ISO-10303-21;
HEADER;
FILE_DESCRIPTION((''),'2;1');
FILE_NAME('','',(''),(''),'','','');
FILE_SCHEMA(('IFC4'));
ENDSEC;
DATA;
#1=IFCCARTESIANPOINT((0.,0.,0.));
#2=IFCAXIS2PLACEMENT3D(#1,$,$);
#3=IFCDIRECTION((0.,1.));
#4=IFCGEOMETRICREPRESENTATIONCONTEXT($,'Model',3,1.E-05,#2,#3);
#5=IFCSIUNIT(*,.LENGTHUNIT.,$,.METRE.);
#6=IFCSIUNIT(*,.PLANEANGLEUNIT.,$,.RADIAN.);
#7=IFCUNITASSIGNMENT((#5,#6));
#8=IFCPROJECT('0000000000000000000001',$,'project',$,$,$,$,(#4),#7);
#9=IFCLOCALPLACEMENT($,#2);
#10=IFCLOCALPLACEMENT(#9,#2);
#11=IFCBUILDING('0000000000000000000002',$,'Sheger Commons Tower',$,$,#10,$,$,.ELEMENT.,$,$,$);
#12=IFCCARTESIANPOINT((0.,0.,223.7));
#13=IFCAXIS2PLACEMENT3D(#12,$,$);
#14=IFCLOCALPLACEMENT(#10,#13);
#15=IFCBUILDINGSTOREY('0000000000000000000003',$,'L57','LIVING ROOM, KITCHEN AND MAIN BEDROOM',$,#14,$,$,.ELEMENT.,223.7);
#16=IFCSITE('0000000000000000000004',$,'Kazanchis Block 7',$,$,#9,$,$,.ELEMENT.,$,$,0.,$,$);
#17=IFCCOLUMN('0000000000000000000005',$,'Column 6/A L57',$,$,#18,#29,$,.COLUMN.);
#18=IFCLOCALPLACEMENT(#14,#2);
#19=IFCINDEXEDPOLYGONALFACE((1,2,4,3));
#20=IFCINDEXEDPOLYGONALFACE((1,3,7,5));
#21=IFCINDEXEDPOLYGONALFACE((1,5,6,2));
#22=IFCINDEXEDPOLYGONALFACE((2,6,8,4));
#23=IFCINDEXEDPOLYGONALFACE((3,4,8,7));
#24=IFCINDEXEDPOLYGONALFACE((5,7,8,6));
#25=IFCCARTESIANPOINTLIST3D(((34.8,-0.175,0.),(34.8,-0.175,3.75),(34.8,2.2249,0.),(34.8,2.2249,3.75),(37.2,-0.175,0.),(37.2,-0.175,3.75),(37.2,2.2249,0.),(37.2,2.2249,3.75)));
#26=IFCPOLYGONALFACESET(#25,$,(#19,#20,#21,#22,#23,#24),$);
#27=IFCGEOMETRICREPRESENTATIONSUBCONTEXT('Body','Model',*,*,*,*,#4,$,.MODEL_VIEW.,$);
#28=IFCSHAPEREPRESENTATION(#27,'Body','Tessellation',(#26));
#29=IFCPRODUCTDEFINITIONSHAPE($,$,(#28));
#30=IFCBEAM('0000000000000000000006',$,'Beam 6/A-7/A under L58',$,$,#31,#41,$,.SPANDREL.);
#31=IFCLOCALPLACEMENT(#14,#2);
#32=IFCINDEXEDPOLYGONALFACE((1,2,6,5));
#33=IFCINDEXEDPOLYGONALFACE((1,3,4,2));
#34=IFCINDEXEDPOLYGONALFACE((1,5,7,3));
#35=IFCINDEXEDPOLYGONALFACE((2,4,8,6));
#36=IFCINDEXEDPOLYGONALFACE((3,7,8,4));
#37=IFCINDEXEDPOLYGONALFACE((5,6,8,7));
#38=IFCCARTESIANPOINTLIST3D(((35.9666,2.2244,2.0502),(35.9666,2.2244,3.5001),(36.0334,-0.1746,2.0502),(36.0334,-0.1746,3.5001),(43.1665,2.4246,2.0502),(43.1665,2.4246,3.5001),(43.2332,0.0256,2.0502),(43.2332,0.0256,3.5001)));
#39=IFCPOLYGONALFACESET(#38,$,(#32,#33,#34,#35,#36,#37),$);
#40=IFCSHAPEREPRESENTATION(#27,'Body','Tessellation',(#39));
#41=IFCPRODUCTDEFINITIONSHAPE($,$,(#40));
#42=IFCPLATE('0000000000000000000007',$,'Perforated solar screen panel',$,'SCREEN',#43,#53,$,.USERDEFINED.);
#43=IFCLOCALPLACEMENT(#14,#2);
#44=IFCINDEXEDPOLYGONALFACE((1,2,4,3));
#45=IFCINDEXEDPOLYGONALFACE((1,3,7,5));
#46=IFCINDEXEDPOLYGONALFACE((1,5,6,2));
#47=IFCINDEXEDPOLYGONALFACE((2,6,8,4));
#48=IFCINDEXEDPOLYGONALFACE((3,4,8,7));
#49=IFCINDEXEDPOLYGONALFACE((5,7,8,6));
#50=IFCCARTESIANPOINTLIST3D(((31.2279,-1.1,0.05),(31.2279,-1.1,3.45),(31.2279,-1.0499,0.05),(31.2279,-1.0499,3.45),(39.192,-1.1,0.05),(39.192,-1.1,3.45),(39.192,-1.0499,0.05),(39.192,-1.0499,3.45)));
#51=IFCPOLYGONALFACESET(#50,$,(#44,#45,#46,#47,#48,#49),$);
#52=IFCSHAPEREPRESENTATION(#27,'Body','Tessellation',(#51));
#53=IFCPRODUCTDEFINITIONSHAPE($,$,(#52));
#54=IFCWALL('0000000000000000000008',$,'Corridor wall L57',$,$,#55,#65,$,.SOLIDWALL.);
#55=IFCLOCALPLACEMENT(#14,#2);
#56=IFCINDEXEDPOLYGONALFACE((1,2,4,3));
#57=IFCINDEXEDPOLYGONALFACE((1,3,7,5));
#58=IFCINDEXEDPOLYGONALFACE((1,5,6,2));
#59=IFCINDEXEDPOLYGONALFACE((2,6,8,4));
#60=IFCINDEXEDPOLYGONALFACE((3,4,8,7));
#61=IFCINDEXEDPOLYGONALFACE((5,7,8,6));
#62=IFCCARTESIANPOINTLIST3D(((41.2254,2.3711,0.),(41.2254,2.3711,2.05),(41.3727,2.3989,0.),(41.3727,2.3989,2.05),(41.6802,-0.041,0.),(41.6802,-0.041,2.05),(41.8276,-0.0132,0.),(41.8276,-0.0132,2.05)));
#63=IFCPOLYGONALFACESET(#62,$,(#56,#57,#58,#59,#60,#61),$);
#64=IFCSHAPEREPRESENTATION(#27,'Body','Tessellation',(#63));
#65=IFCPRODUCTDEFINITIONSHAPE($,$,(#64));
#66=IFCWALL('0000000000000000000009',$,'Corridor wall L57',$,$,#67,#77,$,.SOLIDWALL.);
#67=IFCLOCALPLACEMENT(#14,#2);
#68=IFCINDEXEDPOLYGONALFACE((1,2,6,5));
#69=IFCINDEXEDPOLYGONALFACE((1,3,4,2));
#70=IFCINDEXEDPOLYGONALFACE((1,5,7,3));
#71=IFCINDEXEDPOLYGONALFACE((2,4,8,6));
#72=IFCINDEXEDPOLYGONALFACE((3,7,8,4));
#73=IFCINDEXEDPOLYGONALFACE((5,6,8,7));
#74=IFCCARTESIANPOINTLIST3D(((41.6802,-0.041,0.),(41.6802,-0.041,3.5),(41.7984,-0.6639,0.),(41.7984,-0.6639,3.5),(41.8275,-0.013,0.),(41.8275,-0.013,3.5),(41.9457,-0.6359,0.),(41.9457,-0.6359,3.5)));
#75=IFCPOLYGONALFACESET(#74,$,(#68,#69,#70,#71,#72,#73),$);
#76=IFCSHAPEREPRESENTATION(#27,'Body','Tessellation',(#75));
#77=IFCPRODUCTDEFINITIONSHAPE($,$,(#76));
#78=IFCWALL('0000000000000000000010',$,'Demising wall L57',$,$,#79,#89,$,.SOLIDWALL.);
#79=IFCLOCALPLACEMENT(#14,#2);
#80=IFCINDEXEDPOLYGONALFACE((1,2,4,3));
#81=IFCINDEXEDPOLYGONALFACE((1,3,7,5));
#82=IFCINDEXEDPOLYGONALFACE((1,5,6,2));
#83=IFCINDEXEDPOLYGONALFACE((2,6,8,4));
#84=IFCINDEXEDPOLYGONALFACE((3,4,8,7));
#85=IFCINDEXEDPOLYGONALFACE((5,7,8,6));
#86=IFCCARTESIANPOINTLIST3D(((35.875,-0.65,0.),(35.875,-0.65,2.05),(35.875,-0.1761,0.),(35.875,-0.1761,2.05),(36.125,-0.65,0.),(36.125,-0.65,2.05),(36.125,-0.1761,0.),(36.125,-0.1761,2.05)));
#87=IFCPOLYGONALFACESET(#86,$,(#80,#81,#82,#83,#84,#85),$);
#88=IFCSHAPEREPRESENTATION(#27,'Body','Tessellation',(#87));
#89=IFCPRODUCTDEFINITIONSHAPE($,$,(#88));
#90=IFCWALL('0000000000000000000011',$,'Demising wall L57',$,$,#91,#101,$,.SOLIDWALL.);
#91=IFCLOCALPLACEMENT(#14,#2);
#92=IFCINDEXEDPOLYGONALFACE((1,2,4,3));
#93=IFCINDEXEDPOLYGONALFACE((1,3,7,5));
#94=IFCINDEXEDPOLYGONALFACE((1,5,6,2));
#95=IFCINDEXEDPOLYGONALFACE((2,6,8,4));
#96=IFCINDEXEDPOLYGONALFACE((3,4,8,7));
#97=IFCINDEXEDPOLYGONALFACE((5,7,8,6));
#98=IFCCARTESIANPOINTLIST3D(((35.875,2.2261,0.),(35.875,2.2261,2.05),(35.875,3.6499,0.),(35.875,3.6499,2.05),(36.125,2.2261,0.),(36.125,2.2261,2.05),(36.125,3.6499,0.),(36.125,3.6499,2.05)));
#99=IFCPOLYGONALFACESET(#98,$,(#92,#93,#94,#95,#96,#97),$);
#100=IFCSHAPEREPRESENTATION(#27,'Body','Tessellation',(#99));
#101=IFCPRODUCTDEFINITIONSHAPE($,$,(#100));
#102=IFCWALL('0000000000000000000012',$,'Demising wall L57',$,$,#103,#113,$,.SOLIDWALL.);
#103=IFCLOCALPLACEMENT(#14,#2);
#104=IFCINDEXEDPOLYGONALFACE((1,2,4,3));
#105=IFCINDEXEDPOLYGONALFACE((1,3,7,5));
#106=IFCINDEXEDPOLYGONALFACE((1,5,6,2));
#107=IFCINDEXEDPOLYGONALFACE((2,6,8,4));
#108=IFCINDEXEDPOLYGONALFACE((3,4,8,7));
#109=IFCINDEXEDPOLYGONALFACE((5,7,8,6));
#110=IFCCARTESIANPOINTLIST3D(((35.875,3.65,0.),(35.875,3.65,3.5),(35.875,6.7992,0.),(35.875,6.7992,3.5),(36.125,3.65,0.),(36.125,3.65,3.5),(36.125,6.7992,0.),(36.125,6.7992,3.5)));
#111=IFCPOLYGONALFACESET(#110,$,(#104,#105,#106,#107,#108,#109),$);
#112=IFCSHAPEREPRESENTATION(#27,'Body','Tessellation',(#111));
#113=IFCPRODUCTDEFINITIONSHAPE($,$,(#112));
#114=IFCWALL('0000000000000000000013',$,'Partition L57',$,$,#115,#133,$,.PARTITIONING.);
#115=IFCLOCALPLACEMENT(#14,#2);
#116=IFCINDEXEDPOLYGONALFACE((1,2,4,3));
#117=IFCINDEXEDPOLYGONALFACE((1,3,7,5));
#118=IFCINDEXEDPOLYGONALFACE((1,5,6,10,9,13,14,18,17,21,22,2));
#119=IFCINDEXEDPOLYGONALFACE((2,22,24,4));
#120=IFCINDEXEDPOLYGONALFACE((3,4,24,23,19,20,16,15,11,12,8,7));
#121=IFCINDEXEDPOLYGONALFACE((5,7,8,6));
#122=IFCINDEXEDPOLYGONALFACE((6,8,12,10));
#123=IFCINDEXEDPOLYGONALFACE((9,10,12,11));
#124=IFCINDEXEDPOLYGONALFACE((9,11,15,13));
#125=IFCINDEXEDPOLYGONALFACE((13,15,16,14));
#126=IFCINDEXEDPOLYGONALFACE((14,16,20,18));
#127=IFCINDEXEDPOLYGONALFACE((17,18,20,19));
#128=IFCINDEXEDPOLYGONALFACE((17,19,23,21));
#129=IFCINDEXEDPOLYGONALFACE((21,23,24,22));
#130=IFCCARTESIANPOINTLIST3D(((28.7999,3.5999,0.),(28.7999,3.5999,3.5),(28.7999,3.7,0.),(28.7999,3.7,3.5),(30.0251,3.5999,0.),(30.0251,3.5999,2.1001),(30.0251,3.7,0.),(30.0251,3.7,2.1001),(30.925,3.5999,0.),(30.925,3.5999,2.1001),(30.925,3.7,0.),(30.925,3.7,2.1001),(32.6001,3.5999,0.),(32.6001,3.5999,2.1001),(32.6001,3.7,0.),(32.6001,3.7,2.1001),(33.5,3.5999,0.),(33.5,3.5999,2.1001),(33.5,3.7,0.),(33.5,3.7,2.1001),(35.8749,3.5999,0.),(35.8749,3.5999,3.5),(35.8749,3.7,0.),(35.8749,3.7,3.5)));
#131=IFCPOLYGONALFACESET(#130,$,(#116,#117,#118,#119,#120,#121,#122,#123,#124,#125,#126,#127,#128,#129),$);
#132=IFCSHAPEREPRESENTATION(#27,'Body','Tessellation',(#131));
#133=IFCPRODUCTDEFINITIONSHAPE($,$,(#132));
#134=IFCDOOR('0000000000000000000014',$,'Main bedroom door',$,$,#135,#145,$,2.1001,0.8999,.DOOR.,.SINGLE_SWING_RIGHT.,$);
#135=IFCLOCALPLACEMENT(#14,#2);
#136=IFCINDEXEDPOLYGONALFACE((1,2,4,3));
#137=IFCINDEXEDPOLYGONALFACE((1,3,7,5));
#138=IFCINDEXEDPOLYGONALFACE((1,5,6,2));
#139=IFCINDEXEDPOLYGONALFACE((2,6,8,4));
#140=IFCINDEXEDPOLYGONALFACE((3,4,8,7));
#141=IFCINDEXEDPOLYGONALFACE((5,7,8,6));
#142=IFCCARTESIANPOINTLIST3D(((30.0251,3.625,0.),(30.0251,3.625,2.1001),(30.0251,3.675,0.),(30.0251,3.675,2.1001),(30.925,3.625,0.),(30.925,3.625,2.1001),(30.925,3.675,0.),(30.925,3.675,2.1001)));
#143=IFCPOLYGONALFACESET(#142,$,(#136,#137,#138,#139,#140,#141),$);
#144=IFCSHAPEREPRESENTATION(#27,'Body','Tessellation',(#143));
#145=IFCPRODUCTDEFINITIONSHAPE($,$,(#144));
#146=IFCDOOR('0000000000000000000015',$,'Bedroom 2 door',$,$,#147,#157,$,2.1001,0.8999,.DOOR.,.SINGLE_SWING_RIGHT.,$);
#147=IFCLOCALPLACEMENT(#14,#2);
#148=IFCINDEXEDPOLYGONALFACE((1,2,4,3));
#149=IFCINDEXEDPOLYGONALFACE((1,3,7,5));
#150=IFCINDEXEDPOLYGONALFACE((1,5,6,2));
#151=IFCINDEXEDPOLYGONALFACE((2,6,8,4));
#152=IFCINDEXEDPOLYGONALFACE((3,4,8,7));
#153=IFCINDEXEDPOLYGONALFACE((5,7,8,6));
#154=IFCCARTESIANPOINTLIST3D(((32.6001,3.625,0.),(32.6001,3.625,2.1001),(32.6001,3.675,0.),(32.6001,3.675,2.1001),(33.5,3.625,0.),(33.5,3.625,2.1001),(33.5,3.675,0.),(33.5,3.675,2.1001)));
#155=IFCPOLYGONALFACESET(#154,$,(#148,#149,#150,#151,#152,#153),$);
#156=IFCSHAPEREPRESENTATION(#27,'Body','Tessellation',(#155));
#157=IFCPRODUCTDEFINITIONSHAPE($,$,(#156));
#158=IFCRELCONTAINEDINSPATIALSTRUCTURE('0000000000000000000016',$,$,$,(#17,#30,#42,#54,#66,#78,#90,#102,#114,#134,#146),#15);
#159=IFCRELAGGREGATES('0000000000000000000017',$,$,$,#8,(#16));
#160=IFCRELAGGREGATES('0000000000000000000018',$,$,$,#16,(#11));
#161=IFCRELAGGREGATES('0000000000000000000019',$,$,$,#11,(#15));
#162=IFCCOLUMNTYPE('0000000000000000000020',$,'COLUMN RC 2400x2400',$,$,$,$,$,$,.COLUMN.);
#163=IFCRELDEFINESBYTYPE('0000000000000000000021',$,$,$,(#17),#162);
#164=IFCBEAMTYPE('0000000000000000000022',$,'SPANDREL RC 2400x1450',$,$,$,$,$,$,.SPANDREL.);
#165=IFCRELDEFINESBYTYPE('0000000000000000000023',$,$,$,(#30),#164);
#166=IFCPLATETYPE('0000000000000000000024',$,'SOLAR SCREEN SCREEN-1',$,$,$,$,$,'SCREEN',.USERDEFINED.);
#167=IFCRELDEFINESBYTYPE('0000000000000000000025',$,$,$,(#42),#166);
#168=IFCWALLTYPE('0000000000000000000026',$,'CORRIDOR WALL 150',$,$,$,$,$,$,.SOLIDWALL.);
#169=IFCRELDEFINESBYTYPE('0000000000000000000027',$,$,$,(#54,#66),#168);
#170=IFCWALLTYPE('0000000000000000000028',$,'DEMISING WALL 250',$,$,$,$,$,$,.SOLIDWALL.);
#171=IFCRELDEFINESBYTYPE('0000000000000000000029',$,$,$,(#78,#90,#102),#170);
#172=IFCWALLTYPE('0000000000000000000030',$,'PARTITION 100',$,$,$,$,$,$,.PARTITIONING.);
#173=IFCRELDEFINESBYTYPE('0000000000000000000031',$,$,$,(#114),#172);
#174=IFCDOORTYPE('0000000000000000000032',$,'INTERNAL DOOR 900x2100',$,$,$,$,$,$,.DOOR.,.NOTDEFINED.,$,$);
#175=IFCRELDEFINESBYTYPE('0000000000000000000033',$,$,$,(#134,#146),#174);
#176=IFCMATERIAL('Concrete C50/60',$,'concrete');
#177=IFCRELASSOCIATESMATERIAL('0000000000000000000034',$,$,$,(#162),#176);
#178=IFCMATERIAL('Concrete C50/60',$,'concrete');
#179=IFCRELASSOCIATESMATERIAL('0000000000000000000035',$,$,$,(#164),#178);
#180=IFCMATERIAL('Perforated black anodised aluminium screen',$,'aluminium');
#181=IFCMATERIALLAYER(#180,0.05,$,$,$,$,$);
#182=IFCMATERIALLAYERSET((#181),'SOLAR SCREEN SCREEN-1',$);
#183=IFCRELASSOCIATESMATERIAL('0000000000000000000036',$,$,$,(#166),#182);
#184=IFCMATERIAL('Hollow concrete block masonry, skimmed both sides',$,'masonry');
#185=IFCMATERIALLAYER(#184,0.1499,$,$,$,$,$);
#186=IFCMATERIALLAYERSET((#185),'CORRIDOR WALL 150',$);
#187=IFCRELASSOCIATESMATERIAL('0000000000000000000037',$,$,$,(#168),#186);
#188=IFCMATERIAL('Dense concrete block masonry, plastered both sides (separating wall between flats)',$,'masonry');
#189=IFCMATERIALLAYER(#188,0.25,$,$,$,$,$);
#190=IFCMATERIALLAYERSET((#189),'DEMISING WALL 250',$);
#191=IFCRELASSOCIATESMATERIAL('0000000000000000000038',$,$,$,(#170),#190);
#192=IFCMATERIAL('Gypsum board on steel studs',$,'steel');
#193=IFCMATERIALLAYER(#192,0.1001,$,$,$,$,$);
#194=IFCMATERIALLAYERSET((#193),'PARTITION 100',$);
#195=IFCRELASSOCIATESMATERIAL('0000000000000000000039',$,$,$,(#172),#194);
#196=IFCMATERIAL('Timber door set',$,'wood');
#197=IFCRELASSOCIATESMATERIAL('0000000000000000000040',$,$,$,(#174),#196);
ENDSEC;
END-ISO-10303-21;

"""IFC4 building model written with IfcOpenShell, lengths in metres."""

from ifc_helpers import new_model, si_unit, direction, frame, frame_2d, origin, origin_2d, place, context, subcontext, project, spatial, rectangle, extrude, material, layer, layer_set, material_profile, profile_set, type_object, element, fill, save


model = new_model("IFC4")

# Units and contexts
model_context = context("Model", 3, precision=1e-05, world=origin(), true_north=direction((0.0, 1.0)))
body_context = subcontext(model_context, "Body", "Model", "MODEL_VIEW")
ifc_project = project(units=[si_unit("LENGTHUNIT", "METRE"), si_unit("PLANEANGLEUNIT", "RADIAN")], contexts=[model_context])

# Site, building, storey
site_placement = place(None, origin())
site = spatial("IfcSite", under=ifc_project, at=site_placement, Name="Kazanchis Block 7", CompositionType="ELEMENT", RefElevation=0.0)
building_placement = place(site_placement, origin())
building = spatial("IfcBuilding", under=site, at=building_placement, Name="Sheger Commons Tower", CompositionType="ELEMENT")
storey_placement = place(building_placement, frame((0.0, 0.0, 223.7)))
storey = spatial("IfcBuildingStorey", under=building, at=storey_placement, Name="L57", Description="LIVING ROOM, KITCHEN AND MAIN BEDROOM", CompositionType="ELEMENT", Elevation=223.7)

# Column
ifc_material_1 = material(Name="Concrete C50/60", Category="concrete")
ifc_material_profile_1 = material_profile(ifc_material_1, rectangle(XDim=2.3999, YDim=2.3999, at=origin_2d()), Name="RC 2400x2400")
ifc_profile_set_1 = profile_set([ifc_material_profile_1], Name="Concrete C50/60")
column_type = type_object("IfcColumnType", Name="COLUMN RC 2400x2400", PredefinedType="COLUMN", material=ifc_profile_set_1)
column_placement = place(storey_placement, frame((36.0, 1.0249, 0.0), z_axis=(0.0, 0.0, 1.0), x_axis=(1.0, 0.0, 0.0)))
element("IfcColumn", 1, at=column_placement, inside=storey, type_object=column_type, Name="Column 6/A L57", PredefinedType="COLUMN", context=body_context, shape_type="SweptSolid", body=[
    extrude(rectangle(XDim=2.3999, YDim=2.3999, at=origin_2d()), origin(), (0.0, 0.0, 1.0), 3.75),
])

# Beam
ifc_material_2 = material(Name="Concrete C50/60", Category="concrete")
ifc_material_profile_2 = material_profile(ifc_material_2, rectangle(XDim=2.3999, YDim=1.45, at=origin_2d()), Name="RC 2400x1450")
ifc_profile_set_2 = profile_set([ifc_material_profile_2], Name="Concrete C50/60")
beam_type = type_object("IfcBeamType", Name="SPANDREL RC 2400x1450", PredefinedType="SPANDREL", material=ifc_profile_set_2)
beam_placement = place(storey_placement, frame((36.0, 1.0249, 2.7751), z_axis=(0.999614, 0.027794, 0.0), x_axis=(-0.027794, 0.999614, 0.0)))
element("IfcBeam", 2, at=beam_placement, inside=storey, type_object=beam_type, Name="Beam 6/A-7/A under L58", PredefinedType="SPANDREL", context=body_context, shape_type="SweptSolid", body=[
    extrude(rectangle(XDim=2.3999, YDim=1.45, at=origin_2d()), origin(), (0.0, 0.0, 1.0), 7.2026),
])

# Plate
ifc_material_3 = material(Name="Perforated black anodised aluminium screen", Category="aluminium")
ifc_layer_1 = layer(ifc_material_3, 0.05)
ifc_layer_set_1 = layer_set([ifc_layer_1], Name="SOLAR SCREEN SCREEN-1")
plate_type = type_object("IfcPlateType", Name="SOLAR SCREEN SCREEN-1", ElementType="SCREEN", PredefinedType="USERDEFINED", material=ifc_layer_set_1)
plate_placement = place(storey_placement, frame((35.21, -1.075, 0.05), z_axis=(0.0, 0.0, 1.0), x_axis=(1.0, 0.0, 0.0)))
element("IfcPlate", 3, at=plate_placement, inside=storey, type_object=plate_type, Name="Perforated solar screen panel", ObjectType="SCREEN", PredefinedType="USERDEFINED", context=body_context, shape_type="SweptSolid", body=[
    extrude(rectangle(XDim=7.9641, YDim=0.05, at=origin_2d()), origin(), (0.0, 0.0, 1.0), 3.3999),
])

# Walls
ifc_material_4 = material(Name="Hollow concrete block masonry, skimmed both sides", Category="masonry")
ifc_layer_2 = layer(ifc_material_4, 0.1499)
ifc_layer_set_2 = layer_set([ifc_layer_2], Name="CORRIDOR WALL 150")
wall_type_1 = type_object("IfcWallType", Name="CORRIDOR WALL 150", PredefinedType="SOLIDWALL", material=ifc_layer_set_2)
wall_1_placement = place(storey_placement, frame((41.2991, 2.385, 0.0), z_axis=(0.0, 0.0, 1.0), x_axis=(0.185297, -0.982683, 0.0)))
element("IfcWall", 4, at=wall_1_placement, inside=storey, type_object=wall_type_1, Name="Corridor wall L57", PredefinedType="SOLIDWALL", context=body_context, shape_type="SweptSolid", body=[
    extrude(rectangle(XDim=2.4546, YDim=0.1499, at=frame_2d((1.2273, 0.0))), origin(), (0.0, 0.0, 1.0), 2.05),
])
wall_2_placement = place(storey_placement, frame((41.7539, -0.0271, 0.0), z_axis=(0.0, 0.0, 1.0), x_axis=(0.186404, -0.982473, 0.0)))
element("IfcWall", 5, at=wall_2_placement, inside=storey, type_object=wall_type_1, Name="Corridor wall L57", PredefinedType="SOLIDWALL", context=body_context, shape_type="SweptSolid", body=[
    extrude(rectangle(XDim=0.634, YDim=0.1499, at=frame_2d((0.3169, 0.0))), origin(), (0.0, 0.0, 1.0), 3.5),
])
ifc_material_5 = material(Name="Dense concrete block masonry, plastered both sides (separating wall between flats)", Category="masonry")
ifc_layer_3 = layer(ifc_material_5, 0.25)
ifc_layer_set_3 = layer_set([ifc_layer_3], Name="DEMISING WALL 250")
wall_type_2 = type_object("IfcWallType", Name="DEMISING WALL 250", PredefinedType="SOLIDWALL", material=ifc_layer_set_3)
wall_3_placement = place(storey_placement, frame((36.0, -0.6499, 0.0), z_axis=(0.0, 0.0, 1.0), x_axis=(0.0, 1.0, 0.0)))
element("IfcWall", 6, at=wall_3_placement, inside=storey, type_object=wall_type_2, Name="Demising wall L57", PredefinedType="SOLIDWALL", context=body_context, shape_type="SweptSolid", body=[
    extrude(rectangle(XDim=0.4739, YDim=0.25, at=frame_2d((0.2368, 0.0))), origin(), (0.0, 0.0, 1.0), 2.05),
])
wall_4_placement = place(storey_placement, frame((36.0, 2.2261, 0.0), z_axis=(0.0, 0.0, 1.0), x_axis=(0.0, 1.0, 0.0)))
element("IfcWall", 7, at=wall_4_placement, inside=storey, type_object=wall_type_2, Name="Demising wall L57", PredefinedType="SOLIDWALL", context=body_context, shape_type="SweptSolid", body=[
    extrude(rectangle(XDim=1.4238, YDim=0.25, at=frame_2d((0.7119, 0.0))), origin(), (0.0, 0.0, 1.0), 2.05),
])
wall_5_placement = place(storey_placement, frame((36.0, 3.6499, 0.0), z_axis=(0.0, 0.0, 1.0), x_axis=(0.0, 1.0, 0.0)))
element("IfcWall", 8, at=wall_5_placement, inside=storey, type_object=wall_type_2, Name="Demising wall L57", PredefinedType="SOLIDWALL", context=body_context, shape_type="SweptSolid", body=[
    extrude(rectangle(XDim=3.1492, YDim=0.25, at=frame_2d((1.5747, 0.0))), origin(), (0.0, 0.0, 1.0), 3.5),
])

# Wall, openings, doors
ifc_material_6 = material(Name="Gypsum board on steel studs", Category="steel")
ifc_layer_4 = layer(ifc_material_6, 0.1001)
ifc_layer_set_4 = layer_set([ifc_layer_4], Name="PARTITION 100")
wall_type_3 = type_object("IfcWallType", Name="PARTITION 100", PredefinedType="PARTITIONING", material=ifc_layer_set_4)
wall_6_placement = place(storey_placement, frame((35.875, 3.6499, 0.0), z_axis=(0.0, 0.0, 1.0), x_axis=(-1.0, 0.0, 0.0)))
wall_6 = element("IfcWall", 9, at=wall_6_placement, inside=storey, type_object=wall_type_3, Name="Partition L57", PredefinedType="PARTITIONING", context=body_context, shape_type="SweptSolid", body=[
    extrude(rectangle(XDim=7.075, YDim=0.1001, at=frame_2d((3.5376, 0.0))), origin(), (0.0, 0.0, 1.0), 3.5),
])
opening_1_placement = place(wall_6_placement, frame((4.95, 0.0, 0.0)))
opening_1 = element("IfcOpeningElement", 10, at=opening_1_placement, cuts=wall_6, PredefinedType="OPENING", context=body_context, shape_type="SweptSolid", body=[
    extrude(rectangle(XDim=0.8999, YDim=2.1001, at=frame_2d((0.45, 1.05))), frame((0.0, 0.0601, 0.0), z_axis=(0.0, -1.0, 0.0), x_axis=(1.0, 0.0, 0.0)), (0.0, 0.0, 1.0), 0.1201),
])
opening_2_placement = place(wall_6_placement, frame((2.375, 0.0, 0.0)))
opening_2 = element("IfcOpeningElement", 11, at=opening_2_placement, cuts=wall_6, PredefinedType="OPENING", context=body_context, shape_type="SweptSolid", body=[
    extrude(rectangle(XDim=0.8999, YDim=2.1001, at=frame_2d((0.45, 1.05))), frame((0.0, 0.0601, 0.0), z_axis=(0.0, -1.0, 0.0), x_axis=(1.0, 0.0, 0.0)), (0.0, 0.0, 1.0), 0.1201),
])
ifc_material_7 = material(Name="Timber door set", Category="wood")
door_type = type_object("IfcDoorType", Name="INTERNAL DOOR 900x2100", OperationType="NOTDEFINED", PredefinedType="DOOR", material=ifc_material_7)
door_1_placement = place(opening_1_placement, origin())
door_1 = element("IfcDoor", 12, at=door_1_placement, inside=storey, type_object=door_type, Name="Main bedroom door", OperationType="SINGLE_SWING_RIGHT", OverallHeight=2.1001, OverallWidth=0.8999, PredefinedType="DOOR", context=body_context, shape_type="SweptSolid", body=[
    extrude(rectangle(XDim=0.8999, YDim=2.1001, at=frame_2d((0.45, 1.05))), frame((0.0, 0.0249, 0.0), z_axis=(0.0, -1.0, 0.0), x_axis=(1.0, 0.0, 0.0)), (0.0, 0.0, 1.0), 0.05),
])
fill(opening_1, door_1)
door_2_placement = place(opening_2_placement, origin())
door_2 = element("IfcDoor", 13, at=door_2_placement, inside=storey, type_object=door_type, Name="Bedroom 2 door", OperationType="SINGLE_SWING_RIGHT", OverallHeight=2.1001, OverallWidth=0.8999, PredefinedType="DOOR", context=body_context, shape_type="SweptSolid", body=[
    extrude(rectangle(XDim=0.8999, YDim=2.1001, at=frame_2d((0.45, 1.05))), frame((0.0, 0.0249, 0.0), z_axis=(0.0, -1.0, 0.0), x_axis=(1.0, 0.0, 0.0)), (0.0, 0.0, 1.0), 0.05),
])
fill(opening_2, door_2)

save(model, "model.ifc")
